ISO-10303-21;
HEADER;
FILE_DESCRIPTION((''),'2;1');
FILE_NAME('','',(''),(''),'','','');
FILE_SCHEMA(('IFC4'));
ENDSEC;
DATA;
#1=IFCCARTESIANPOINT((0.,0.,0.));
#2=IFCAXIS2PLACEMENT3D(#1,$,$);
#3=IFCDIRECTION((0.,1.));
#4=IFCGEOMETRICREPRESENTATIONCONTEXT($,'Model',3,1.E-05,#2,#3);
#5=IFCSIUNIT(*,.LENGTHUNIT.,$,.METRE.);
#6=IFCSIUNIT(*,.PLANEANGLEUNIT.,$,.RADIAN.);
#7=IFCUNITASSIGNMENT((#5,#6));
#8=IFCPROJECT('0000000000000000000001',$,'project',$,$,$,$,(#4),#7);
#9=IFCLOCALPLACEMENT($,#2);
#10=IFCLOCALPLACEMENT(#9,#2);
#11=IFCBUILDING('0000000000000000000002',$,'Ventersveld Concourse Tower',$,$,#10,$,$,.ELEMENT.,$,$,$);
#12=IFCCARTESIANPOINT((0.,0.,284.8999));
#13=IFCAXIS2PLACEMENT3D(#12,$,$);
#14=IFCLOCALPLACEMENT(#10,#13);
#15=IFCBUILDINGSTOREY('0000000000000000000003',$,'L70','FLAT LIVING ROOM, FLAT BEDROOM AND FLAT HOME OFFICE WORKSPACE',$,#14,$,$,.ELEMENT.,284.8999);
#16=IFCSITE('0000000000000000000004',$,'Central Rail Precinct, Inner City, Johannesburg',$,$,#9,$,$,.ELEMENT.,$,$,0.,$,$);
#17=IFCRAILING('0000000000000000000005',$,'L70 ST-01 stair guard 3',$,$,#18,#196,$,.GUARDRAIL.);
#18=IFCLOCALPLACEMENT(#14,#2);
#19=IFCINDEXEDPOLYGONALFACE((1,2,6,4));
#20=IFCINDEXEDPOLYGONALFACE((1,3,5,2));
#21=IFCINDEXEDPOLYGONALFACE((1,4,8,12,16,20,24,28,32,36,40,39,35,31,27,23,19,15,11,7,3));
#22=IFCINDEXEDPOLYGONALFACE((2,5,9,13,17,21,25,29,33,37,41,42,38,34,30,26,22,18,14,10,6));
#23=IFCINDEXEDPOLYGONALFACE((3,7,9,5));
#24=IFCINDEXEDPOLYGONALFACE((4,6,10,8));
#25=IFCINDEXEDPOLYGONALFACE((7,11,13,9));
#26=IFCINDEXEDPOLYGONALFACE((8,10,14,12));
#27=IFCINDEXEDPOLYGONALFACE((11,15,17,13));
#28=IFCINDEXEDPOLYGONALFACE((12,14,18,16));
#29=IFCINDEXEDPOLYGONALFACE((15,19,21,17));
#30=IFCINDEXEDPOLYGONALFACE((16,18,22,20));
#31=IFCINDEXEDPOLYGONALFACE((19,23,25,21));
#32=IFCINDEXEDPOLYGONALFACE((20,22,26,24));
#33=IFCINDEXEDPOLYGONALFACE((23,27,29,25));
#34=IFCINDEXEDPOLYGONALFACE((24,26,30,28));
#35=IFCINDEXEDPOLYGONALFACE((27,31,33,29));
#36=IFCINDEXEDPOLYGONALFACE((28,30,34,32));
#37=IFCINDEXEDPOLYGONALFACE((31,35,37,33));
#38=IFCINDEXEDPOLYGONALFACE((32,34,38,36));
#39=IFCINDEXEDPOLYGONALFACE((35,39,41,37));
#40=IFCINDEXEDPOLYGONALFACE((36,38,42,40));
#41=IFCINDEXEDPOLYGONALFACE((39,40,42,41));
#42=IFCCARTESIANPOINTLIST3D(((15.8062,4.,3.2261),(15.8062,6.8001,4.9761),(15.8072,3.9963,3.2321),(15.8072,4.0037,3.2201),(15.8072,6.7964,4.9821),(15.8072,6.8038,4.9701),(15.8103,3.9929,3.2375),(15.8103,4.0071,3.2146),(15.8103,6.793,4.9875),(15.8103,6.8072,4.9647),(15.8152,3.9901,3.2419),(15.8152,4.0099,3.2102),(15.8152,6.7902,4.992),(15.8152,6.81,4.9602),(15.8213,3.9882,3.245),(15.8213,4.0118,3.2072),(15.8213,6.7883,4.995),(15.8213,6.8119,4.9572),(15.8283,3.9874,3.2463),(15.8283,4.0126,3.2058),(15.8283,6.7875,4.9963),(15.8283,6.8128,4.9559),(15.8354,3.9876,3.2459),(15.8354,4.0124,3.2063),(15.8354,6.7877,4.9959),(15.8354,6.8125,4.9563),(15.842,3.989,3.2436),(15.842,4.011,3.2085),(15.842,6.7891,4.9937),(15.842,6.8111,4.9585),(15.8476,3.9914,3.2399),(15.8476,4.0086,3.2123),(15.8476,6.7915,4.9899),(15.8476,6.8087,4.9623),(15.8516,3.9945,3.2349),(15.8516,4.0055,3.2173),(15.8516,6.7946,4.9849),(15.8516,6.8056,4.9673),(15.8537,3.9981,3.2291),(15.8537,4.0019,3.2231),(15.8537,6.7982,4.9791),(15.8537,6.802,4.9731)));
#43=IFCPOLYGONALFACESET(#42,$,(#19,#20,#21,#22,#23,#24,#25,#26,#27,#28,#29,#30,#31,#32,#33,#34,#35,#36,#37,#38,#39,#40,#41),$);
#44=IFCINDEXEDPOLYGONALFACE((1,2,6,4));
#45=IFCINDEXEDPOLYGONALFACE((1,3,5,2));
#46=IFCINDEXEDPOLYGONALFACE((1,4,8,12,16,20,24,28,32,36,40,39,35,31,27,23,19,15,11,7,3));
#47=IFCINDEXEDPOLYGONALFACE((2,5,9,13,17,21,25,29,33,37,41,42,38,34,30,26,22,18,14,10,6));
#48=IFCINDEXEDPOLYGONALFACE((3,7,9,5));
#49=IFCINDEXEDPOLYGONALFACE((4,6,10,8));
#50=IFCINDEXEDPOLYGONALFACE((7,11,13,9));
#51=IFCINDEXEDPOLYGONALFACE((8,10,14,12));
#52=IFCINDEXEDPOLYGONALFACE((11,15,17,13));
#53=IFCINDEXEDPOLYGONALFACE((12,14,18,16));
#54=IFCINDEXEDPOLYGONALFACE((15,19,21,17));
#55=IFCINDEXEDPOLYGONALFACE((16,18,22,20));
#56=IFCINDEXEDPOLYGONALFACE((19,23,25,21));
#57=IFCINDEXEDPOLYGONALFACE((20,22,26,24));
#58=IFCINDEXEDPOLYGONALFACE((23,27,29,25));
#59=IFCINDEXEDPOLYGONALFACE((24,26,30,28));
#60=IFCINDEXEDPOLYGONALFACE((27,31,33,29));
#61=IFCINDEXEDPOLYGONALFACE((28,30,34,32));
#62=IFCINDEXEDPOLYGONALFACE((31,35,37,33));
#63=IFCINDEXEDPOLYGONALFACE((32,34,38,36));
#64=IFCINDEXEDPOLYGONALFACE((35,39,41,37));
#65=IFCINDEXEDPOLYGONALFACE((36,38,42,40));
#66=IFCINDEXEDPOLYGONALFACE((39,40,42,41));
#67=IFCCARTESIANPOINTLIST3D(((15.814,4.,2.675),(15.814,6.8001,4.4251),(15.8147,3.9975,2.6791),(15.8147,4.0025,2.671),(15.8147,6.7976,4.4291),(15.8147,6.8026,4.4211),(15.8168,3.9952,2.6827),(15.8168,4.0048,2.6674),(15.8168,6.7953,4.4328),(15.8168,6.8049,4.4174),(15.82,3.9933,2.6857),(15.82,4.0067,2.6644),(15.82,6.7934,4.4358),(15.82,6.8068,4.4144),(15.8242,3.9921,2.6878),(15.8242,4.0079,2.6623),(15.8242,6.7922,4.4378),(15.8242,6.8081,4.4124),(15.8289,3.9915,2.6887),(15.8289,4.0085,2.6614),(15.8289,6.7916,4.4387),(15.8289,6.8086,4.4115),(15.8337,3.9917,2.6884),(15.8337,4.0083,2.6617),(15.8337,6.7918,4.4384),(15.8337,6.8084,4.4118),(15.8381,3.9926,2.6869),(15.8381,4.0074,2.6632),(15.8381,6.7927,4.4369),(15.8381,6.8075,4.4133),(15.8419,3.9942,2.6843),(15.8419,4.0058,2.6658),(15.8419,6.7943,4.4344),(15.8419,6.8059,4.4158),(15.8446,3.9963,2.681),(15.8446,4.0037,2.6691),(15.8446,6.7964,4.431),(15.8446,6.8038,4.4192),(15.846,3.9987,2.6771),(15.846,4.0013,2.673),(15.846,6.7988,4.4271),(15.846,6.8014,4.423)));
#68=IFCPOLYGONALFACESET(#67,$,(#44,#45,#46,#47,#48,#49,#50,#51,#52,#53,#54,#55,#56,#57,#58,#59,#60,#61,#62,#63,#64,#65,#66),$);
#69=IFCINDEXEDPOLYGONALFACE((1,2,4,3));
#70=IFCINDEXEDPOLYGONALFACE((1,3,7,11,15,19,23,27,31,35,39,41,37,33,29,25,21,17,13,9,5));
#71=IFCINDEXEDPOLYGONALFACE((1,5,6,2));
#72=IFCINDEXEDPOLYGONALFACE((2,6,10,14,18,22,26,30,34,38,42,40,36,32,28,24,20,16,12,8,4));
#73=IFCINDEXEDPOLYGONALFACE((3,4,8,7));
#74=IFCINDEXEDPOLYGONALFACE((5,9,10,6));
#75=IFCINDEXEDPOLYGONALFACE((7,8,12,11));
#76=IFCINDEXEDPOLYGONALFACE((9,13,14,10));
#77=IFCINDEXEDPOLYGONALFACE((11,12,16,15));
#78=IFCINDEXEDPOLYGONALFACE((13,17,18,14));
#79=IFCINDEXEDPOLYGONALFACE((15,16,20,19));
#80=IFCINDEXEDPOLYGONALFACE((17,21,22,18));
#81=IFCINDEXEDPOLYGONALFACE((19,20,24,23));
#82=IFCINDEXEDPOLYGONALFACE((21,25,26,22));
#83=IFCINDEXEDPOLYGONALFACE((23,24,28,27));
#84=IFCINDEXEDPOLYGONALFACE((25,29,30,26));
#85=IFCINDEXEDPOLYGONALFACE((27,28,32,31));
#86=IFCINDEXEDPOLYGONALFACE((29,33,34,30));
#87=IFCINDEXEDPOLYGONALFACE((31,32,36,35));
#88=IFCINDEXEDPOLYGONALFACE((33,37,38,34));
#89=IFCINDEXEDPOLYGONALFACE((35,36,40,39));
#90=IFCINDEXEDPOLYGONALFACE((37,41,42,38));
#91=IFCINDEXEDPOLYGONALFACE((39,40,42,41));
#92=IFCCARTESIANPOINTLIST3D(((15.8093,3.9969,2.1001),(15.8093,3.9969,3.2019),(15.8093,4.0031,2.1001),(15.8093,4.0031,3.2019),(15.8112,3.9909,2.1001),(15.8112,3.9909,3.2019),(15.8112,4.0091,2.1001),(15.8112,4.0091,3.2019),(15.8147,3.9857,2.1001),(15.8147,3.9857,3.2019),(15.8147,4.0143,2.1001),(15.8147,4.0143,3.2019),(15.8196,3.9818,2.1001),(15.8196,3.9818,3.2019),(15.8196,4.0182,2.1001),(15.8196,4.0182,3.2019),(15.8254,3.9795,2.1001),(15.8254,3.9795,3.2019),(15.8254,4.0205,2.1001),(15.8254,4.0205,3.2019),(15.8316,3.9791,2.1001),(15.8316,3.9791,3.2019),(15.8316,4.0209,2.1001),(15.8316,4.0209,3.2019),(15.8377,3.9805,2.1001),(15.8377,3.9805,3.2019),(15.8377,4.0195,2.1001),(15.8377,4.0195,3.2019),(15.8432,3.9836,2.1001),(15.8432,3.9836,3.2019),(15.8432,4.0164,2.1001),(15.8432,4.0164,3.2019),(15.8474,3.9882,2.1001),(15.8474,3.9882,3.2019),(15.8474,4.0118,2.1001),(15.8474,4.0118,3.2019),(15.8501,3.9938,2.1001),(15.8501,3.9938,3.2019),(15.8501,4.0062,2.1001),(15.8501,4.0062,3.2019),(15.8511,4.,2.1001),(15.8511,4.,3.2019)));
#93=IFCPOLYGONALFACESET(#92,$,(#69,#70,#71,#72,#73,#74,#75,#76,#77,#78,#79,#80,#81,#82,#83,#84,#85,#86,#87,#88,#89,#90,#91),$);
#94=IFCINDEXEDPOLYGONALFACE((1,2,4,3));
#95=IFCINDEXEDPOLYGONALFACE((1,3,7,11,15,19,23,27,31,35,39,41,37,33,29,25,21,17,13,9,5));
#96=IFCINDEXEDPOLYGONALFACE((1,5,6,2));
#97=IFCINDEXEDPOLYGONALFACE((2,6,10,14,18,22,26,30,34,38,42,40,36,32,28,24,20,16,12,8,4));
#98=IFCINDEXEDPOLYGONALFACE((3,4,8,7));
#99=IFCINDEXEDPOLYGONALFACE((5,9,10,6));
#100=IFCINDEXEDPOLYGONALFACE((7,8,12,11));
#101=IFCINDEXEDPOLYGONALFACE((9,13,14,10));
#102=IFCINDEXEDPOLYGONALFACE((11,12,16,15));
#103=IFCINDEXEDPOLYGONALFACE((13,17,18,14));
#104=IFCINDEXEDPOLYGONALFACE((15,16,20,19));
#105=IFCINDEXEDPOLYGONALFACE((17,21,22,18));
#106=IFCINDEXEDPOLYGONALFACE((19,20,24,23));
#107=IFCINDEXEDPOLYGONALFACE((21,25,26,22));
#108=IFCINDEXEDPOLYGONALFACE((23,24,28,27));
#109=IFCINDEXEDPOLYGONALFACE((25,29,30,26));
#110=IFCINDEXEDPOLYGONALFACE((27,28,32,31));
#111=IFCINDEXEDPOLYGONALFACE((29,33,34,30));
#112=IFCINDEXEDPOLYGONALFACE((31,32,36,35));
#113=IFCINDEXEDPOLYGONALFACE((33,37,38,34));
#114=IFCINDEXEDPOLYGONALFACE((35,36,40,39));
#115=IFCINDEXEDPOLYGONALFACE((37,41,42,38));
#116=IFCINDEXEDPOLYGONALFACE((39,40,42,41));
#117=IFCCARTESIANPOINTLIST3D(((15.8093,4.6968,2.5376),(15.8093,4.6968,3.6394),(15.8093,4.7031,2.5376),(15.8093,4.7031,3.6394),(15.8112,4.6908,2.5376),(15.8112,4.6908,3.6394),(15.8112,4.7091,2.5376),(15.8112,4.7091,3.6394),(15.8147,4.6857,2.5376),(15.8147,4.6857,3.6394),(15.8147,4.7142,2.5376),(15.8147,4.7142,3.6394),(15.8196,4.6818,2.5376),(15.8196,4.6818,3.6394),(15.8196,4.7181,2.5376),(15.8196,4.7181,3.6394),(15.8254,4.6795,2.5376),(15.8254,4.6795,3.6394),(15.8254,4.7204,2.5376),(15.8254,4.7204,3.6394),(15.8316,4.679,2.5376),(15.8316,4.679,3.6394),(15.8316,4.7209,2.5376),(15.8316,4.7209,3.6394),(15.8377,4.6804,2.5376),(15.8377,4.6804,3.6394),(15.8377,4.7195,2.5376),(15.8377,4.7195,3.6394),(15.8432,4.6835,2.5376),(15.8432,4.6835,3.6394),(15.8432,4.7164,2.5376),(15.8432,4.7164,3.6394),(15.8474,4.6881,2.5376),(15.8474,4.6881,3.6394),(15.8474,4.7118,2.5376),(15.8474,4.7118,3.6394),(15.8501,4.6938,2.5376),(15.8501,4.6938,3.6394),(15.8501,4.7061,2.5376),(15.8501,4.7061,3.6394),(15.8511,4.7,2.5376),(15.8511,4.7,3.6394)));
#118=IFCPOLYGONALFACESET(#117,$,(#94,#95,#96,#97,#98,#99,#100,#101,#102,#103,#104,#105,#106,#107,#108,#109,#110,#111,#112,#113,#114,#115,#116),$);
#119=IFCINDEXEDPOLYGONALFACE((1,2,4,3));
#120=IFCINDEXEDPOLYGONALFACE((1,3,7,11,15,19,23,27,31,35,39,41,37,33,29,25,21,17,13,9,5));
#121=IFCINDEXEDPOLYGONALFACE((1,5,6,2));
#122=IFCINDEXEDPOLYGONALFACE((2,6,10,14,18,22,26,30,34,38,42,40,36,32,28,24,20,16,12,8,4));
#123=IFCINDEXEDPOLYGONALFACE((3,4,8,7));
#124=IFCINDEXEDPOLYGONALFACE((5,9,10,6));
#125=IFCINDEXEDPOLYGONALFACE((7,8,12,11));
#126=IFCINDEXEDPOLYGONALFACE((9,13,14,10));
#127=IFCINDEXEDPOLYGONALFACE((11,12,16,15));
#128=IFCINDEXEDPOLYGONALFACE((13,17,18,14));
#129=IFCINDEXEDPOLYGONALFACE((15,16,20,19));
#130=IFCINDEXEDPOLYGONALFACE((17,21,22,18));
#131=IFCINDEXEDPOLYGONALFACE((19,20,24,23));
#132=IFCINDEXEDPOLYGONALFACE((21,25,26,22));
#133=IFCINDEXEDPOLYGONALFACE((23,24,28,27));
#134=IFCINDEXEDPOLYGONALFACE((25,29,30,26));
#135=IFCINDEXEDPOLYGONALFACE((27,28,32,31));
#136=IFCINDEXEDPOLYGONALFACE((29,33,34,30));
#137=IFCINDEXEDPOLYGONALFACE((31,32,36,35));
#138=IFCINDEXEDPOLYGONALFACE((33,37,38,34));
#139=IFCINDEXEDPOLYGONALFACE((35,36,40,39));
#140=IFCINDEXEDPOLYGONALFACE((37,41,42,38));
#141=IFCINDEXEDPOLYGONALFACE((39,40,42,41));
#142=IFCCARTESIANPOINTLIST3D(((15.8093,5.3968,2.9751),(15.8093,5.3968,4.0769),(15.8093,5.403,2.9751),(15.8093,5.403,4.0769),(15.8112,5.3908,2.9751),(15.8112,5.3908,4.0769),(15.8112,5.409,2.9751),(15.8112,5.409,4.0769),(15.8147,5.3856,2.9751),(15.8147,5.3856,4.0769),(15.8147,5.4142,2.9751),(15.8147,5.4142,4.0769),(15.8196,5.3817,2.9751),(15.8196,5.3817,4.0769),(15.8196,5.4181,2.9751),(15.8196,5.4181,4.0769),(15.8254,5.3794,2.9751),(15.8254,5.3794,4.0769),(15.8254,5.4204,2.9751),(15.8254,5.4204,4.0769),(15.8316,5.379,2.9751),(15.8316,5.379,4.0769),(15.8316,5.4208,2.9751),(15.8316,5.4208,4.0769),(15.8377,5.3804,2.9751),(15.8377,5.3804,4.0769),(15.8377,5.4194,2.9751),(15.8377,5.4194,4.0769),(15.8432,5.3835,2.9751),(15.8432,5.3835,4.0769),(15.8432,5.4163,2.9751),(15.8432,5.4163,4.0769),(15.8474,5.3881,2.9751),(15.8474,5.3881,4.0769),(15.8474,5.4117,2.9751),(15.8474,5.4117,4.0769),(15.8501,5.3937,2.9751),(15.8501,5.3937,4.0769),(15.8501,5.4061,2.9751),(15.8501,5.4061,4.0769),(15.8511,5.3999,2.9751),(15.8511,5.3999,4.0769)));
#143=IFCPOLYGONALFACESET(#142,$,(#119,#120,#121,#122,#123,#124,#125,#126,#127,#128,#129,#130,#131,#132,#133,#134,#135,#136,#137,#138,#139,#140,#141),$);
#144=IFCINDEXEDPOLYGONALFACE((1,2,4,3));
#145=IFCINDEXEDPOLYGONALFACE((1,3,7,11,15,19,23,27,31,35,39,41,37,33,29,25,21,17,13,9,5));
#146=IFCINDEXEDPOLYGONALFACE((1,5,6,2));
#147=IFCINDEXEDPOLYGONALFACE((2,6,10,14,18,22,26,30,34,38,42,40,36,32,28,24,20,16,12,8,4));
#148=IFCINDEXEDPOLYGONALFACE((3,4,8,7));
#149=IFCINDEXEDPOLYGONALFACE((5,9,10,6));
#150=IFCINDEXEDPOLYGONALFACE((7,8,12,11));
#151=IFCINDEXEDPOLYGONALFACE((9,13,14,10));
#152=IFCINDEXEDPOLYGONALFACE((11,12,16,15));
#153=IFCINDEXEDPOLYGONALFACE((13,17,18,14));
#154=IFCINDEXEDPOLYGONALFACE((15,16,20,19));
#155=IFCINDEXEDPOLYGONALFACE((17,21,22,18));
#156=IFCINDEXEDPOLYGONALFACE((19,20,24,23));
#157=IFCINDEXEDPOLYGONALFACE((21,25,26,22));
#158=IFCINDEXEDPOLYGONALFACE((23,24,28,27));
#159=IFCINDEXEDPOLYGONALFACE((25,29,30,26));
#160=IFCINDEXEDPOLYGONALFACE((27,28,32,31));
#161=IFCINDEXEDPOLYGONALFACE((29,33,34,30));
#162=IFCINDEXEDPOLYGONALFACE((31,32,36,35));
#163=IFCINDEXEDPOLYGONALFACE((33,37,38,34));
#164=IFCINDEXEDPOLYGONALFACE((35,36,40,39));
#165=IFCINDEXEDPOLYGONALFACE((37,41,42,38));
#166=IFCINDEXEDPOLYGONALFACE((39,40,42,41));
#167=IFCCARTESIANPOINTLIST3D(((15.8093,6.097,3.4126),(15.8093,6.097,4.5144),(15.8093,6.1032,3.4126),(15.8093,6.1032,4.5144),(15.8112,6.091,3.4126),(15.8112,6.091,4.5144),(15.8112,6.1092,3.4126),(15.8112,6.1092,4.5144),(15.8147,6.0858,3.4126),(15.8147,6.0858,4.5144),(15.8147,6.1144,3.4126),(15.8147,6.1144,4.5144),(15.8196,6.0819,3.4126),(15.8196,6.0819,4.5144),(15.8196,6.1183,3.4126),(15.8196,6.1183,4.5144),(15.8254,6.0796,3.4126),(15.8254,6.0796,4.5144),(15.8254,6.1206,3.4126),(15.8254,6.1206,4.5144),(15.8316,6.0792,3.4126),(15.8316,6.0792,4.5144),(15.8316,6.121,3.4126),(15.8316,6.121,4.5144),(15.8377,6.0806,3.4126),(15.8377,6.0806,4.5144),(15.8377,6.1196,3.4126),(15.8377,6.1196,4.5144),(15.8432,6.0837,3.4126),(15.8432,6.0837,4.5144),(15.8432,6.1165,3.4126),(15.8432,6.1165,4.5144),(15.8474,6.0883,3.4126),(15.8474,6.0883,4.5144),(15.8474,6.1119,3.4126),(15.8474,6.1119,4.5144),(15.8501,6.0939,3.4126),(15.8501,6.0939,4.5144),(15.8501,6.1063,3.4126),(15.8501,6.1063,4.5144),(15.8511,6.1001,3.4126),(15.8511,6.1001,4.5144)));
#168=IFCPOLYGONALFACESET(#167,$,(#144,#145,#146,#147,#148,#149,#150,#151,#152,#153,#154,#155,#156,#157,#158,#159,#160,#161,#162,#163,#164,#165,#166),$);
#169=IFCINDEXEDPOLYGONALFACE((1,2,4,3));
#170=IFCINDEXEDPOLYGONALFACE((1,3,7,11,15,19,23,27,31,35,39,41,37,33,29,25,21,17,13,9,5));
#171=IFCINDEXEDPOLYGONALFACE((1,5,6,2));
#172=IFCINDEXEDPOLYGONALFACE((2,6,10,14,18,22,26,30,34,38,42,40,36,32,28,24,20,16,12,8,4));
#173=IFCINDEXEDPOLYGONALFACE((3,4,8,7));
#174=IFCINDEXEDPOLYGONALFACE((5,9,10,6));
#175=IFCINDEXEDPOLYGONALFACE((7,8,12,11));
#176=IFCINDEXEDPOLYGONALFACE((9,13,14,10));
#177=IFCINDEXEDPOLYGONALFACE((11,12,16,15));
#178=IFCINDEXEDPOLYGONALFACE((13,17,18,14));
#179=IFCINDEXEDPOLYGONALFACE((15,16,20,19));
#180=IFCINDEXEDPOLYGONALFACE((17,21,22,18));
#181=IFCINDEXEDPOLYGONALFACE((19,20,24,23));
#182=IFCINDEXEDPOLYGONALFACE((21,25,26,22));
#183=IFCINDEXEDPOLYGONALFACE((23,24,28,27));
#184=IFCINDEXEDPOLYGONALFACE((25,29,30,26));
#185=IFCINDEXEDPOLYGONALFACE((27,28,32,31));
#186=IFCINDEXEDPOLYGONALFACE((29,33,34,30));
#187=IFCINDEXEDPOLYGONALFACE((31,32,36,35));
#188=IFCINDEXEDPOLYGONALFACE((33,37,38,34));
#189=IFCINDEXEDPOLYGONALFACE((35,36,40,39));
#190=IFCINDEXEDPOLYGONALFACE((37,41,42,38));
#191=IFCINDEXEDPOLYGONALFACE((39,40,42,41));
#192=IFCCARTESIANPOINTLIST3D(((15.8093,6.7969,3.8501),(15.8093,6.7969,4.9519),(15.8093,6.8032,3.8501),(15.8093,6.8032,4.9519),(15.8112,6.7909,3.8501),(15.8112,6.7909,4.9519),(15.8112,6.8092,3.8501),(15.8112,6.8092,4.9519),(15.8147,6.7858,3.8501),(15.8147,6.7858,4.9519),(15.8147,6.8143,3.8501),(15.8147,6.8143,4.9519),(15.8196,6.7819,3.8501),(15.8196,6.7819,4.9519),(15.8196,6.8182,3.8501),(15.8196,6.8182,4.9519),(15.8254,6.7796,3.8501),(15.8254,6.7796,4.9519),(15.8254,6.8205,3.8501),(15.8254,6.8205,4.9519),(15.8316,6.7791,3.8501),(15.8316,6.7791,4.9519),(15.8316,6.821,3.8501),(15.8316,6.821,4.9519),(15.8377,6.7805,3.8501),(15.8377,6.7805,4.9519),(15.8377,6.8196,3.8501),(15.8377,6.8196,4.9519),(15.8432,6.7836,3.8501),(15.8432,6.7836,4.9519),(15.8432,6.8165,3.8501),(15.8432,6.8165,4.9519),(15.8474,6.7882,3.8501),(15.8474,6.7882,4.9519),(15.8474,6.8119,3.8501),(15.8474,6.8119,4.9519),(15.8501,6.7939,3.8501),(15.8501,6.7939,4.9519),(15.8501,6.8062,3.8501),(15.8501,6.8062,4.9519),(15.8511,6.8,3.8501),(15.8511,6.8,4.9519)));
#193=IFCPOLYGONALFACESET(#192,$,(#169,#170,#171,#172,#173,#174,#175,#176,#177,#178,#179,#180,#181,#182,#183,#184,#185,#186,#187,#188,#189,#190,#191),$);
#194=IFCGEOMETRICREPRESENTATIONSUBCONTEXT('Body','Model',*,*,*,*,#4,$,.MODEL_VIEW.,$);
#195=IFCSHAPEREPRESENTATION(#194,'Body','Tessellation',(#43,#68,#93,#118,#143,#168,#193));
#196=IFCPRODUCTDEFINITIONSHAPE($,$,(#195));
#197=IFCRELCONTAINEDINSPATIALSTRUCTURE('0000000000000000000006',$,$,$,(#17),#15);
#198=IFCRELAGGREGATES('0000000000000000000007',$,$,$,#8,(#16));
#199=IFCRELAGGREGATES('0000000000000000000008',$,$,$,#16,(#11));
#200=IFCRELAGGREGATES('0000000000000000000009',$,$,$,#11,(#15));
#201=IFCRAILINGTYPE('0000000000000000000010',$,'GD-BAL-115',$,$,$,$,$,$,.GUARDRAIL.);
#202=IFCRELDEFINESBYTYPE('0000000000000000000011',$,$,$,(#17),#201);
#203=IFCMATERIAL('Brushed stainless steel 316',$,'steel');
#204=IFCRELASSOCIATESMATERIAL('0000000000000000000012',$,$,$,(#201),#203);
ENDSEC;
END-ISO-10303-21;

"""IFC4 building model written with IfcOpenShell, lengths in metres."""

from ifc_helpers import new_model, si_unit, direction, frame, origin, origin_2d, place, context, subcontext, project, spatial, circle, extrude, material, type_object, element, save


model = new_model("IFC4")

# Units and contexts
model_context = context("Model", 3, precision=1e-05, world=origin(), true_north=direction((0.0, 1.0)))
body_context = subcontext(model_context, "Body", "Model", "MODEL_VIEW")
ifc_project = project(units=[si_unit("LENGTHUNIT", "METRE"), si_unit("PLANEANGLEUNIT", "RADIAN")], contexts=[model_context])

# Site, building, storey
site_placement = place(None, origin())
site = spatial("IfcSite", under=ifc_project, at=site_placement, Name="Central Rail Precinct, Inner City, Johannesburg", CompositionType="ELEMENT", RefElevation=0.0)
building_placement = place(site_placement, origin())
building = spatial("IfcBuilding", under=site, at=building_placement, Name="Ventersveld Concourse Tower", CompositionType="ELEMENT")
storey_placement = place(building_placement, frame((0.0, 0.0, 284.8999)))
storey = spatial("IfcBuildingStorey", under=building, at=storey_placement, Name="L70", Description="FLAT LIVING ROOM, FLAT BEDROOM AND FLAT HOME OFFICE WORKSPACE", CompositionType="ELEMENT", Elevation=284.8999)

# Shared definitions
ifc_material_1 = material(Name="Brushed stainless steel 316", Category="steel")

# Railing
railing_type_1 = type_object("IfcRailingType", Name="GD-BAL-115", PredefinedType="GUARDRAIL", material=ifc_material_1)
railing_1_placement = place(storey_placement, frame((15.8301, 4.0, 2.1001)))
element("IfcRailing", 1, at=railing_1_placement, inside=storey, type_object=railing_type_1, Name="L70 ST-01 stair guard 3", PredefinedType="GUARDRAIL", context=body_context, shape_type="SweptSolid", body=[
    extrude(circle(Radius=0.0239, at=origin_2d()), frame((0.0, 0.0, 1.126), z_axis=(0.0, 0.848002, 0.529992), x_axis=(-1.0, 0.0, 0.0)), (0.0, 0.0, 1.0), 3.302),
    extrude(circle(Radius=0.0161, at=origin_2d()), frame((0.0, 0.0, 0.575), z_axis=(0.0, 0.848002, 0.529992), x_axis=(-1.0, 0.0, 0.0)), (0.0, 0.0, 1.0), 3.302),
    extrude(circle(Radius=0.021, at=origin_2d()), origin(), (0.0, 0.0, 1.0), 1.1018),
    extrude(circle(Radius=0.021, at=origin_2d()), frame((0.0, 0.7, 0.4375)), (0.0, 0.0, 1.0), 1.1018),
    extrude(circle(Radius=0.021, at=origin_2d()), frame((0.0, 1.3999, 0.875)), (0.0, 0.0, 1.0), 1.1018),
    extrude(circle(Radius=0.021, at=origin_2d()), frame((0.0, 2.1001, 1.3125)), (0.0, 0.0, 1.0), 1.1018),
    extrude(circle(Radius=0.021, at=origin_2d()), frame((0.0, 2.8, 1.75)), (0.0, 0.0, 1.0), 1.1018),
])

save(model, "model.ifc")
